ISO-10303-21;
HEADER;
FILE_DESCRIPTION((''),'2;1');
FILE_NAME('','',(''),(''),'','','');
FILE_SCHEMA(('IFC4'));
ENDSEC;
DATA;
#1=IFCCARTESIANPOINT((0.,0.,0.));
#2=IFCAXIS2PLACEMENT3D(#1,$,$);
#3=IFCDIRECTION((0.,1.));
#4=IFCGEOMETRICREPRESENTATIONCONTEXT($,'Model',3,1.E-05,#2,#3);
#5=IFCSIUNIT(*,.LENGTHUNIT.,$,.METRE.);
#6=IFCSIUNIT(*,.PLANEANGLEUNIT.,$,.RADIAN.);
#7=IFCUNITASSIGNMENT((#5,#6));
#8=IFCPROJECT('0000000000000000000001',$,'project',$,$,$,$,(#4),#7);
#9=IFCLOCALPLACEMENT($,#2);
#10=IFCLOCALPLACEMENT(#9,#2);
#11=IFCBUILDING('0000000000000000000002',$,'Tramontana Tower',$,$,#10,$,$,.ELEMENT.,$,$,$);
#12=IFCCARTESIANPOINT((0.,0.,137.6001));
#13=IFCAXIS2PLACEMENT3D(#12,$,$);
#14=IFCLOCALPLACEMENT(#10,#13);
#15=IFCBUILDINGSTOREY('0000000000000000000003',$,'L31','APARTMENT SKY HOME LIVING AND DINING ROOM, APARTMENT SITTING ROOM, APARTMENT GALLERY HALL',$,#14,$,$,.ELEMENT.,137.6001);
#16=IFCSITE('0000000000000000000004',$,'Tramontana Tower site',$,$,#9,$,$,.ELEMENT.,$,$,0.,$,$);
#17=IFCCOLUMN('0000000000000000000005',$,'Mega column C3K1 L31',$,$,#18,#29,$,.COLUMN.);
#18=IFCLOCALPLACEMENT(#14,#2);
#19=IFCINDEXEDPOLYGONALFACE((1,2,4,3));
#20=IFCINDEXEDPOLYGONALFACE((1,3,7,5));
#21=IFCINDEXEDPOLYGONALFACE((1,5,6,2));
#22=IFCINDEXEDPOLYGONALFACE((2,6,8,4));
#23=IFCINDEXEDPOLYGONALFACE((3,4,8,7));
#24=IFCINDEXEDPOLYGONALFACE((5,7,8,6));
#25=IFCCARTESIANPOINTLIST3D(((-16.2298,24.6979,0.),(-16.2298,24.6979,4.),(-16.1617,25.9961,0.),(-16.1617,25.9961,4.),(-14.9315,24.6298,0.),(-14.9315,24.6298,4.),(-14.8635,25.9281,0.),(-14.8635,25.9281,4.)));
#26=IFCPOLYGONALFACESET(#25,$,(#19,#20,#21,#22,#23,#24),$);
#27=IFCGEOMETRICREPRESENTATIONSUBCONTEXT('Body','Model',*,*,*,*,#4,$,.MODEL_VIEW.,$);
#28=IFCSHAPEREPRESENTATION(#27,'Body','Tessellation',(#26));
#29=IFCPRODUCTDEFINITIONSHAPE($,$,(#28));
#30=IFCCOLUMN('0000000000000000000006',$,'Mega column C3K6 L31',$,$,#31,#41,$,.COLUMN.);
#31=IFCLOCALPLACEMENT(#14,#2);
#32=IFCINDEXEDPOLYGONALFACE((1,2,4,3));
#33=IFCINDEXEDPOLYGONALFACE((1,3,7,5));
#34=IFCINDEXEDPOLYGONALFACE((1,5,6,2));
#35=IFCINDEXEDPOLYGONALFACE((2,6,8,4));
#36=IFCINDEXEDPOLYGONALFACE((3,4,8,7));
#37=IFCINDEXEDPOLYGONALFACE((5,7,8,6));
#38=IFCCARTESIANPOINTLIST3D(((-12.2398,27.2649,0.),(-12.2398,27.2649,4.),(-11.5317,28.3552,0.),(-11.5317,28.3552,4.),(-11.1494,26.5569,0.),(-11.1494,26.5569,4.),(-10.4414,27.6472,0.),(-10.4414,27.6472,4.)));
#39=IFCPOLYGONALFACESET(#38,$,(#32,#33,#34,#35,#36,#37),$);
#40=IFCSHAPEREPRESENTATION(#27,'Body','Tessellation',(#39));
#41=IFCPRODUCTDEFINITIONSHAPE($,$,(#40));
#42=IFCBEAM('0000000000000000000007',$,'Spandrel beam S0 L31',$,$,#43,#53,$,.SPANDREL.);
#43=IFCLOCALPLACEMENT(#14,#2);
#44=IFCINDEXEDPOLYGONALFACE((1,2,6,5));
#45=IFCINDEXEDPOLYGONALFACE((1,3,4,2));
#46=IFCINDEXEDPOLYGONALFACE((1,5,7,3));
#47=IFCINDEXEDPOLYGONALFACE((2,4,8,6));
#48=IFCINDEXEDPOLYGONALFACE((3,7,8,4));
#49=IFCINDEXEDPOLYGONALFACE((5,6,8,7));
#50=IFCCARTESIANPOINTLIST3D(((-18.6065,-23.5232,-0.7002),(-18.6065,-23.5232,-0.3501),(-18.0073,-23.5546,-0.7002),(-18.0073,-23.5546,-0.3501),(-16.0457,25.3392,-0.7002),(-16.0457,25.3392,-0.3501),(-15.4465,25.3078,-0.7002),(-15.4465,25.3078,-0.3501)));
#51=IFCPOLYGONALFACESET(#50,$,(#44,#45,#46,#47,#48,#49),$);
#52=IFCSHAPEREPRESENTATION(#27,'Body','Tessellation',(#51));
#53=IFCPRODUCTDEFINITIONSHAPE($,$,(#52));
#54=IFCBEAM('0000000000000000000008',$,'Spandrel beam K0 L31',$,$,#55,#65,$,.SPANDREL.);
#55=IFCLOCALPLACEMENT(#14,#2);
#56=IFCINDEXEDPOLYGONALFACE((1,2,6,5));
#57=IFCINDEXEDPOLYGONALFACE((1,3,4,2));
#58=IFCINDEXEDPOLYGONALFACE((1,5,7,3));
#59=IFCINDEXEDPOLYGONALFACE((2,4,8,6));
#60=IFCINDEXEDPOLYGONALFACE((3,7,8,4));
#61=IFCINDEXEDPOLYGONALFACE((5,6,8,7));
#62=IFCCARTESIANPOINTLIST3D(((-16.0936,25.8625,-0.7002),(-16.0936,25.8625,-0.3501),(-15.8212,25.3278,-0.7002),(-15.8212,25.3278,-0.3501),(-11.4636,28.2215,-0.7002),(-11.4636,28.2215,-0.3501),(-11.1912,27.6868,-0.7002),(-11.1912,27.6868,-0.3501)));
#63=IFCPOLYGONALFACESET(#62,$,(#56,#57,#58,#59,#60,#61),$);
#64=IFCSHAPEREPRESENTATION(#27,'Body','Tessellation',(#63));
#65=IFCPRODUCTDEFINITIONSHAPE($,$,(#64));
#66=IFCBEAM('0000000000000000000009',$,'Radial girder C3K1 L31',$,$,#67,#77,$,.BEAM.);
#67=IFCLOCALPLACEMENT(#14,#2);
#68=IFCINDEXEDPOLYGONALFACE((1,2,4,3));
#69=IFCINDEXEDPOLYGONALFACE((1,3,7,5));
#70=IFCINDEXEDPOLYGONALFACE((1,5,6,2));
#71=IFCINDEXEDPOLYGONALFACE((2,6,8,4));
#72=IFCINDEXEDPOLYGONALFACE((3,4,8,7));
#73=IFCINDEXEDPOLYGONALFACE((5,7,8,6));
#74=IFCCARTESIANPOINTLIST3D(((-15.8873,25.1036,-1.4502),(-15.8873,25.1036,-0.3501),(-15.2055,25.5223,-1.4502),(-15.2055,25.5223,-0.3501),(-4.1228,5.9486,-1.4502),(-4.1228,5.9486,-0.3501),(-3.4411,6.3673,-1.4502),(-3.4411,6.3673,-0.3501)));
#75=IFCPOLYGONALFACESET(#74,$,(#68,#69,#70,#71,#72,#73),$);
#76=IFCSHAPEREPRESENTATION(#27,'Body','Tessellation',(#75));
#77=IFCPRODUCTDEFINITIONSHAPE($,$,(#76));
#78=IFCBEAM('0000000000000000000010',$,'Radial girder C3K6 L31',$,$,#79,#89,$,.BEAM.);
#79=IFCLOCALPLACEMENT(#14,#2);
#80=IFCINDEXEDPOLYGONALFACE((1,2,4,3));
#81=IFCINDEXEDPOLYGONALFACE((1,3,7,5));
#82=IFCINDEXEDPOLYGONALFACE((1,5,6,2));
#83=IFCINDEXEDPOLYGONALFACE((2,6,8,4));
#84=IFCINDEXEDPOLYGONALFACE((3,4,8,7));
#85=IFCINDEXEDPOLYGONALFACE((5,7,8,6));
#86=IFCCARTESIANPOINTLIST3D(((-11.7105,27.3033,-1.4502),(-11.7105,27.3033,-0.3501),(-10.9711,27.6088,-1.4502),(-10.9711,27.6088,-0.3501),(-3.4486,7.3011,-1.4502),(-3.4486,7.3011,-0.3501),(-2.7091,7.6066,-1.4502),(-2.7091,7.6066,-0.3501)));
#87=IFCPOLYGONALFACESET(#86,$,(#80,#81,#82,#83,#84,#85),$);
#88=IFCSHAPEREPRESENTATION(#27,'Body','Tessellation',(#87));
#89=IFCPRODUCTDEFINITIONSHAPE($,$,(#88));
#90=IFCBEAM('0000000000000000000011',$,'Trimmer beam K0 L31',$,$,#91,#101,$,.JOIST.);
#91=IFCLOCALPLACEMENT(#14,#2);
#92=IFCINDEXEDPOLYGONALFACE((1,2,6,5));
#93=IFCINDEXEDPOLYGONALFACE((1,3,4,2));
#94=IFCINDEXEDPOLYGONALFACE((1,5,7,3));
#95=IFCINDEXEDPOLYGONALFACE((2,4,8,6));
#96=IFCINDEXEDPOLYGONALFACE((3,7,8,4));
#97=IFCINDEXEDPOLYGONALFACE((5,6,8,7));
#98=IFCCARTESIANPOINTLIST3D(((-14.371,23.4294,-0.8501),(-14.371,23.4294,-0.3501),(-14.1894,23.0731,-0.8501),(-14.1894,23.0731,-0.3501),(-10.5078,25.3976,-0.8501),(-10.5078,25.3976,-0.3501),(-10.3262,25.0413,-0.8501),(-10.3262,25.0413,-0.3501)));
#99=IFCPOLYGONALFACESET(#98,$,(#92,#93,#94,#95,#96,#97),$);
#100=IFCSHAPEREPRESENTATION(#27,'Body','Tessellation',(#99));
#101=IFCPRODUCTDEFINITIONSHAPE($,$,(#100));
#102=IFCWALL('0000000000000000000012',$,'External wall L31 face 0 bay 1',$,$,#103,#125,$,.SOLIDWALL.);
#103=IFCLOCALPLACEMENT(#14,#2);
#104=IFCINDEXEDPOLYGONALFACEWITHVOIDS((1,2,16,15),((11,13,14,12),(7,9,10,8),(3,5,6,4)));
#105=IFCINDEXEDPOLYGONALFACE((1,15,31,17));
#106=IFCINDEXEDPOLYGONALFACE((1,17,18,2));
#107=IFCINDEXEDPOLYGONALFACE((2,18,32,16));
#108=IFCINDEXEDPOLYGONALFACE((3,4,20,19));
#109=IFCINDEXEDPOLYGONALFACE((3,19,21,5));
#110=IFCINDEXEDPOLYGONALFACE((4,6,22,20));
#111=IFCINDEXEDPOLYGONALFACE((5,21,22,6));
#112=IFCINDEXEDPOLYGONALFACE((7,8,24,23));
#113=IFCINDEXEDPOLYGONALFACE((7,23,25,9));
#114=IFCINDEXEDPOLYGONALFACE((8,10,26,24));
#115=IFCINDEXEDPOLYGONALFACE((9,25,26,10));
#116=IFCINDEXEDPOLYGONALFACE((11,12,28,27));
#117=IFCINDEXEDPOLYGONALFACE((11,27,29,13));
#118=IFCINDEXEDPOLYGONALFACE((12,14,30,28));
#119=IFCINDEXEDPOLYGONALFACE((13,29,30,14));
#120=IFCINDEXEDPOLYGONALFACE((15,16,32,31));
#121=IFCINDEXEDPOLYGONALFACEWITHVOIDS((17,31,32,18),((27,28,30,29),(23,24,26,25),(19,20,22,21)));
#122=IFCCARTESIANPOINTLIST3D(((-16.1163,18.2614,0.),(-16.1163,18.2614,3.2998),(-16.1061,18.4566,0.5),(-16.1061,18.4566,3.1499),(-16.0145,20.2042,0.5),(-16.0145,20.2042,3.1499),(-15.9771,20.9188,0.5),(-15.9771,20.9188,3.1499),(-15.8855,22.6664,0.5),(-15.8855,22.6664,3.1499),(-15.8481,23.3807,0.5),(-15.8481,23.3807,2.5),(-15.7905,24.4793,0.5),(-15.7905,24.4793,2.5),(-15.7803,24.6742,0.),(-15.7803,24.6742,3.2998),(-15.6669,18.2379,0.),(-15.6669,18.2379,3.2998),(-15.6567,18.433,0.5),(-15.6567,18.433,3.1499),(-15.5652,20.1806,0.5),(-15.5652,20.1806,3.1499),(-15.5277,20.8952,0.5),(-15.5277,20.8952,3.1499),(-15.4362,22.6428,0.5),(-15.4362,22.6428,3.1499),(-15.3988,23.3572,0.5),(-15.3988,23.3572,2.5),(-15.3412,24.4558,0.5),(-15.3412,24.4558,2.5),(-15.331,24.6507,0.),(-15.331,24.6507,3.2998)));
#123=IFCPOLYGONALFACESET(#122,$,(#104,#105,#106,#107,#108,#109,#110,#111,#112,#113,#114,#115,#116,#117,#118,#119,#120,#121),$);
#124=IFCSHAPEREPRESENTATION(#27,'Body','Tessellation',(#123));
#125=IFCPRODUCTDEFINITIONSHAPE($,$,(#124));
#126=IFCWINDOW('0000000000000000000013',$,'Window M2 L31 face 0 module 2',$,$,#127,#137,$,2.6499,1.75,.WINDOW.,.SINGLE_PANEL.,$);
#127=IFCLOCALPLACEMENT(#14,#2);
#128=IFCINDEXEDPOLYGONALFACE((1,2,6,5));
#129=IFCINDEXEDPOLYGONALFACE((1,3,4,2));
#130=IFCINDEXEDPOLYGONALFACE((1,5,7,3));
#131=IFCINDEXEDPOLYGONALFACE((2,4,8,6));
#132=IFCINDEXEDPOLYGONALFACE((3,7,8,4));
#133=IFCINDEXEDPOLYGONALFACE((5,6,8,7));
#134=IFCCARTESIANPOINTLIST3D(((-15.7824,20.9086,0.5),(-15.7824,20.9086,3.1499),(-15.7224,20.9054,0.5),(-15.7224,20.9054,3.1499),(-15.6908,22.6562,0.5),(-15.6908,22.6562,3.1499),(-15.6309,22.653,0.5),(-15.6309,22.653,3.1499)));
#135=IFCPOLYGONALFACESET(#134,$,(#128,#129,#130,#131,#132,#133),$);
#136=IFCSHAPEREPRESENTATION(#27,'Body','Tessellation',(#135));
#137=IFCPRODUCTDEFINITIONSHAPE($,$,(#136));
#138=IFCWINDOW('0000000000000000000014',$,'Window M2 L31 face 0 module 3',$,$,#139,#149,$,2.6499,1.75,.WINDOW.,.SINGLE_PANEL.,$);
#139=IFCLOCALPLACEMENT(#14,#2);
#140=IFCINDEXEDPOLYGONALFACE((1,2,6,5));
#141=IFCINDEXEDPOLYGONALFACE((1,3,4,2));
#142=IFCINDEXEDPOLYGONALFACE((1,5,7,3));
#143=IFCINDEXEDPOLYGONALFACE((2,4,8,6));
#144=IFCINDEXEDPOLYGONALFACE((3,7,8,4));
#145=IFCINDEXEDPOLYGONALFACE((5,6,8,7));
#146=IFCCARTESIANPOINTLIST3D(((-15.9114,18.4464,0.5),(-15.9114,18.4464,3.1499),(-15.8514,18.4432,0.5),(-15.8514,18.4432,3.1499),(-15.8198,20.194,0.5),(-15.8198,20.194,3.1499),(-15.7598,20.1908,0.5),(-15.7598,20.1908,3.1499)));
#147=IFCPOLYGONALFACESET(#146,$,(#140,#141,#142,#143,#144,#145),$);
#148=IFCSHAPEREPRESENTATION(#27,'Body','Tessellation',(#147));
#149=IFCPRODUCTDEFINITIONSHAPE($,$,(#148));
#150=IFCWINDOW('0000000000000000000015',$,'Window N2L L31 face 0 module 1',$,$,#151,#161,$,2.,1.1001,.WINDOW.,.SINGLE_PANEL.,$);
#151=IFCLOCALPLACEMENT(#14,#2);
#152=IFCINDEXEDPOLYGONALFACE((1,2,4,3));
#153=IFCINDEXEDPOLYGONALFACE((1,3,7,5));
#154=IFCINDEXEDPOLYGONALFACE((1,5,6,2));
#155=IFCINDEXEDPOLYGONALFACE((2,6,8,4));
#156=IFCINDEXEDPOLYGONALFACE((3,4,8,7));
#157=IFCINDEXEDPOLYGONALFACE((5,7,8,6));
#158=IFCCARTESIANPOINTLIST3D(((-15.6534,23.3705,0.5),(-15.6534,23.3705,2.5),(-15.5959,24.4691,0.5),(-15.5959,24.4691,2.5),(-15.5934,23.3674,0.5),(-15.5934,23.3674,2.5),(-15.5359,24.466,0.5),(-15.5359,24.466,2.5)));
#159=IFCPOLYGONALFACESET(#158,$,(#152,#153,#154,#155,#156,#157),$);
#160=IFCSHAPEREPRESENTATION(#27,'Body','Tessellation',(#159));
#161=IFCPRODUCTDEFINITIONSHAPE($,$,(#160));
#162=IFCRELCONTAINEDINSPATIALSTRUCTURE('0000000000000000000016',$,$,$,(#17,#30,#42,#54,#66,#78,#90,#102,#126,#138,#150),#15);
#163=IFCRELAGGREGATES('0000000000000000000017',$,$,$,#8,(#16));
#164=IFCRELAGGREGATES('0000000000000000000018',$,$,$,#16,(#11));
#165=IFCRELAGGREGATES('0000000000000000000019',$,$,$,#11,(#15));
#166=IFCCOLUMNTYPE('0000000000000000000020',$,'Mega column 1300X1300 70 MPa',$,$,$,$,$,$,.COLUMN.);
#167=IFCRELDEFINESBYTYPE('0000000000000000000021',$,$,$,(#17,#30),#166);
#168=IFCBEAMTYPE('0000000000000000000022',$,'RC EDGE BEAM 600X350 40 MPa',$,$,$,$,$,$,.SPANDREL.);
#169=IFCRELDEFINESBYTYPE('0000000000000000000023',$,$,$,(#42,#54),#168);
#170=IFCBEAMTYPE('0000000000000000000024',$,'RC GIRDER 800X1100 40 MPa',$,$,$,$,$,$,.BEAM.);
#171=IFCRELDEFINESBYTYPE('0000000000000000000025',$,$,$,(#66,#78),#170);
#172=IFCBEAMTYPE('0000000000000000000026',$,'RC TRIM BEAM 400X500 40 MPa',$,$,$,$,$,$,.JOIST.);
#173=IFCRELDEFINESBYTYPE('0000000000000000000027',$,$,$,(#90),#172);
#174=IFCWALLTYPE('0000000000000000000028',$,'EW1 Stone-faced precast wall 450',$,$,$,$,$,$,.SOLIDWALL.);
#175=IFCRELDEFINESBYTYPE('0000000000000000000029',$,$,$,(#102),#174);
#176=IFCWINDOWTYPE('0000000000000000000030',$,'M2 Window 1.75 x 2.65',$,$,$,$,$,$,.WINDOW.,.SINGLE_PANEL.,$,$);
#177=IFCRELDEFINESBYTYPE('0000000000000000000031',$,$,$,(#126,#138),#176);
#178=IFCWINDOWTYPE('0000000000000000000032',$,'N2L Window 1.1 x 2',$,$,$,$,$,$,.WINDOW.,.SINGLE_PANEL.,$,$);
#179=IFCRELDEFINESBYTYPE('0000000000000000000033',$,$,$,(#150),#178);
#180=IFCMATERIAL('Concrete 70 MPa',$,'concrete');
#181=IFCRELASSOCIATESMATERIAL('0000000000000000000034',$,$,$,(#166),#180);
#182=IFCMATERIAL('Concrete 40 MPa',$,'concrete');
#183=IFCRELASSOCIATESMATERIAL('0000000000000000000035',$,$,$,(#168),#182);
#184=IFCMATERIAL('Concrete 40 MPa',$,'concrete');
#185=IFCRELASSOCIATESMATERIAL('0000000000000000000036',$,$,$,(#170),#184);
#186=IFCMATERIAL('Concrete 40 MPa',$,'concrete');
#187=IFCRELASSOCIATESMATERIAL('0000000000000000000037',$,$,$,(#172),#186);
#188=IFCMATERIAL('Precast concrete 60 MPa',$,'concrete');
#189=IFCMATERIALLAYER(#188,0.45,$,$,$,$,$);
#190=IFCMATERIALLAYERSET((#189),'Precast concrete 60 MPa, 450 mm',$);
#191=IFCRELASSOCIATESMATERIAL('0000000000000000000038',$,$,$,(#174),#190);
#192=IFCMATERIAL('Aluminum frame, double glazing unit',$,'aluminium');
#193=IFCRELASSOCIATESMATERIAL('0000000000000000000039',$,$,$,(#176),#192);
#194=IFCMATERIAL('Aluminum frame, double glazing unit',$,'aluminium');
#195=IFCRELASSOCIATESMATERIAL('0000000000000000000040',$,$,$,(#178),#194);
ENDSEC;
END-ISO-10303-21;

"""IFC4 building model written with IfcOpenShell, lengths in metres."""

from ifc_helpers import new_model, si_unit, direction, frame, frame_2d, origin, origin_2d, place, context, subcontext, project, spatial, rectangle, extrude, material, layer, layer_set, material_profile, profile_set, type_object, element, fill, save


model = new_model("IFC4")

# Units and contexts
model_context = context("Model", 3, precision=1e-05, world=origin(), true_north=direction((0.0, 1.0)))
body_context = subcontext(model_context, "Body", "Model", "MODEL_VIEW")
ifc_project = project(units=[si_unit("LENGTHUNIT", "METRE"), si_unit("PLANEANGLEUNIT", "RADIAN")], contexts=[model_context])

# Site, building, storey
site_placement = place(None, origin())
site = spatial("IfcSite", under=ifc_project, at=site_placement, Name="Tramontana Tower site", CompositionType="ELEMENT", RefElevation=0.0)
building_placement = place(site_placement, origin())
building = spatial("IfcBuilding", under=site, at=building_placement, Name="Tramontana Tower", CompositionType="ELEMENT")
storey_placement = place(building_placement, frame((0.0, 0.0, 137.6001)))
storey = spatial("IfcBuildingStorey", under=building, at=storey_placement, Name="L31", Description="APARTMENT SKY HOME LIVING AND DINING ROOM, APARTMENT SITTING ROOM, APARTMENT GALLERY HALL", CompositionType="ELEMENT", Elevation=137.6001)

# Columns
ifc_material_1 = material(Name="Concrete 70 MPa", Category="concrete")
ifc_material_profile_1 = material_profile(ifc_material_1, rectangle(XDim=1.3, YDim=1.3, at=origin_2d()), Name="Mega column 1300X1300 70 MPa")
ifc_profile_set_1 = profile_set([ifc_material_profile_1], Name="Concrete 70 MPa")
column_type = type_object("IfcColumnType", Name="Mega column 1300X1300 70 MPa", PredefinedType="COLUMN", material=ifc_profile_set_1)
for number, where, z_axis, x_axis, name in (
    (1, (-15.5466, 25.313, 0.0), (0.0, 0.0, 1.0), (-0.052336, -0.99863, 0.0), "Mega column C3K1 L31"),
    (2, (-11.3406, 27.4561, 0.0), (0.0, 0.0, 1.0), (-0.838671, 0.544639, 0.0), "Mega column C3K6 L31"),
):
    element("IfcColumn", number, at=place(storey_placement, frame(where, z_axis=z_axis, x_axis=x_axis)), inside=storey, type_object=column_type, Name=name, PredefinedType="COLUMN", context=body_context, shape_type="SweptSolid", body=[
        extrude(rectangle(XDim=1.3, YDim=1.3, at=origin_2d()), origin(), (0.0, 0.0, 1.0), 4.0),
    ])

# Beams
ifc_material_2 = material(Name="Concrete 40 MPa", Category="concrete")
ifc_material_profile_2 = material_profile(ifc_material_2, rectangle(XDim=0.6001, YDim=0.3501, at=origin_2d()), Name="RC EDGE BEAM 600X350 40 MPa")
ifc_profile_set_2 = profile_set([ifc_material_profile_2], Name="Concrete 40 MPa")
beam_type_1 = type_object("IfcBeamType", Name="RC EDGE BEAM 600X350 40 MPa", PredefinedType="SPANDREL", material=ifc_profile_set_2)
beam_1_placement = place(storey_placement, frame((-15.7461, 25.3235, -0.5251), z_axis=(-0.052336, -0.99863, 0.0), x_axis=(0.99863, -0.052336, 0.0)))
element("IfcBeam", 3, at=beam_1_placement, inside=storey, type_object=beam_type_1, Name="Spandrel beam S0 L31", PredefinedType="SPANDREL", context=body_context, shape_type="SweptSolid", body=[
    extrude(rectangle(XDim=0.6001, YDim=0.3501, at=origin_2d()), origin(), (0.0, 0.0, 1.0), 48.9294),
])
beam_2_placement = place(storey_placement, frame((-11.3274, 27.9541, -0.5251), z_axis=(-0.891019, -0.453967, 0.0), x_axis=(0.453967, -0.891019, 0.0)))
element("IfcBeam", 4, at=beam_2_placement, inside=storey, type_object=beam_type_1, Name="Spandrel beam K0 L31", PredefinedType="SPANDREL", context=body_context, shape_type="SweptSolid", body=[
    extrude(rectangle(XDim=0.6001, YDim=0.3501, at=origin_2d()), origin(), (0.0, 0.0, 1.0), 5.1963),
])
ifc_material_3 = material(Name="Concrete 40 MPa", Category="concrete")
ifc_material_profile_3 = material_profile(ifc_material_3, rectangle(XDim=0.8, YDim=1.1001, at=origin_2d()), Name="RC GIRDER 800X1100 40 MPa")
ifc_profile_set_3 = profile_set([ifc_material_profile_3], Name="Concrete 40 MPa")
beam_type_2 = type_object("IfcBeamType", Name="RC GIRDER 800X1100 40 MPa", PredefinedType="BEAM", material=ifc_profile_set_3)
beam_3_placement = place(storey_placement, frame((-15.5464, 25.313, -0.9001), z_axis=(0.523345, -0.852121, 0.0), x_axis=(0.852121, 0.523345, 0.0)))
element("IfcBeam", 5, at=beam_3_placement, inside=storey, type_object=beam_type_2, Name="Radial girder C3K1 L31", PredefinedType="BEAM", context=body_context, shape_type="SweptSolid", body=[
    extrude(rectangle(XDim=0.8, YDim=1.1001, at=origin_2d()), origin(), (0.0, 0.0, 1.0), 22.4792),
])
beam_4_placement = place(storey_placement, frame((-11.3408, 27.4561, -0.9001), z_axis=(0.381767, -0.924258, 0.0), x_axis=(0.924258, 0.381767, 0.0)))
element("IfcBeam", 6, at=beam_4_placement, inside=storey, type_object=beam_type_2, Name="Radial girder C3K6 L31", PredefinedType="BEAM", context=body_context, shape_type="SweptSolid", body=[
    extrude(rectangle(XDim=0.8, YDim=1.1001, at=origin_2d()), origin(), (0.0, 0.0, 1.0), 21.6414),
])
ifc_material_4 = material(Name="Concrete 40 MPa", Category="concrete")
ifc_material_profile_4 = material_profile(ifc_material_4, rectangle(XDim=0.3999, YDim=0.5, at=origin_2d()), Name="RC TRIM BEAM 400X500 40 MPa")
ifc_profile_set_4 = profile_set([ifc_material_profile_4], Name="Concrete 40 MPa")
beam_type_3 = type_object("IfcBeamType", Name="RC TRIM BEAM 400X500 40 MPa", PredefinedType="JOIST", material=ifc_profile_set_4)
beam_5_placement = place(storey_placement, frame((-10.417, 25.2195, -0.6001), z_axis=(-0.891023, -0.453958, 0.0), x_axis=(0.453958, -0.891023, 0.0)))
element("IfcBeam", 7, at=beam_5_placement, inside=storey, type_object=beam_type_3, Name="Trimmer beam K0 L31", PredefinedType="JOIST", context=body_context, shape_type="SweptSolid", body=[
    extrude(rectangle(XDim=0.3999, YDim=0.5, at=origin_2d()), origin(), (0.0, 0.0, 1.0), 4.3357),
])

# Wall, openings, windows
ifc_material_5 = material(Name="Precast concrete 60 MPa", Category="concrete")
ifc_layer = layer(ifc_material_5, 0.45)
ifc_layer_set = layer_set([ifc_layer], Name="Precast concrete 60 MPa, 450 mm")
wall_type = type_object("IfcWallType", Name="EW1 Stone-faced precast wall 450", PredefinedType="SOLIDWALL", material=ifc_layer_set)
wall_placement = place(storey_placement, frame((-15.5557, 24.6626, 0.0), z_axis=(0.0, 0.0, 1.0), x_axis=(-0.052313, -0.998631, 0.0)))
wall = element("IfcWall", 8, at=wall_placement, inside=storey, type_object=wall_type, Name="External wall L31 face 0 bay 1", PredefinedType="SOLIDWALL", context=body_context, shape_type="SweptSolid", body=[
    extrude(rectangle(XDim=6.4216, YDim=0.45, at=frame_2d((3.2109, 0.0))), origin(), (0.0, 0.0, 1.0), 3.2998),
])
opening_1_placement = place(wall_placement, frame((0.1953, 0.0, 0.5)))
opening_1 = element("IfcOpeningElement", 9, at=opening_1_placement, cuts=wall, PredefinedType="OPENING", context=body_context, shape_type="SweptSolid", body=[
    extrude(rectangle(XDim=1.1001, YDim=2.0, at=frame_2d((0.55, 1.0))), frame((0.0, 0.2349, 0.0), z_axis=(0.0, -1.0, 0.0), x_axis=(1.0, 0.0, 0.0)), (0.0, 0.0, 1.0), 0.47),
])
opening_2_placement = place(wall_placement, frame((2.0107, 0.0, 0.5)))
opening_2 = element("IfcOpeningElement", 10, at=opening_2_placement, cuts=wall, PredefinedType="OPENING", context=body_context, shape_type="SweptSolid", body=[
    extrude(rectangle(XDim=1.75, YDim=2.6499, at=frame_2d((0.875, 1.325))), frame((0.0, 0.2349, 0.0), z_axis=(0.0, -1.0, 0.0), x_axis=(1.0, 0.0, 0.0)), (0.0, 0.0, 1.0), 0.47),
])
opening_3_placement = place(wall_placement, frame((4.4763, 0.0, 0.5)))
opening_3 = element("IfcOpeningElement", 11, at=opening_3_placement, cuts=wall, PredefinedType="OPENING", context=body_context, shape_type="SweptSolid", body=[
    extrude(rectangle(XDim=1.75, YDim=2.6499, at=frame_2d((0.875, 1.325))), frame((0.0, 0.2349, 0.0), z_axis=(0.0, -1.0, 0.0), x_axis=(1.0, 0.0, 0.0)), (0.0, 0.0, 1.0), 0.47),
])
ifc_material_6 = material(Name="Aluminum frame, double glazing unit", Category="aluminium")
window_type_1 = type_object("IfcWindowType", Name="M2 Window 1.75 x 2.65", PartitioningType="SINGLE_PANEL", PredefinedType="WINDOW", material=ifc_material_6)
window_1_placement = place(opening_2_placement, origin())
window_1 = element("IfcWindow", 12, at=window_1_placement, inside=storey, type_object=window_type_1, Name="Window M2 L31 face 0 module 2", OverallHeight=2.6499, OverallWidth=1.75, PartitioningType="SINGLE_PANEL", PredefinedType="WINDOW", context=body_context, shape_type="SweptSolid", body=[
    extrude(rectangle(XDim=1.75, YDim=2.6499, at=frame_2d((0.875, 1.325))), frame((0.0, 0.03, 0.0), z_axis=(0.0, -1.0, 0.0), x_axis=(1.0, 0.0, 0.0)), (0.0, 0.0, 1.0), 0.0601),
])
fill(opening_2, window_1)
window_2_placement = place(opening_3_placement, origin())
window_2 = element("IfcWindow", 13, at=window_2_placement, inside=storey, type_object=window_type_1, Name="Window M2 L31 face 0 module 3", OverallHeight=2.6499, OverallWidth=1.75, PartitioningType="SINGLE_PANEL", PredefinedType="WINDOW", context=body_context, shape_type="SweptSolid", body=[
    extrude(rectangle(XDim=1.75, YDim=2.6499, at=frame_2d((0.875, 1.325))), frame((0.0, 0.03, 0.0), z_axis=(0.0, -1.0, 0.0), x_axis=(1.0, 0.0, 0.0)), (0.0, 0.0, 1.0), 0.0601),
])
fill(opening_3, window_2)
ifc_material_7 = material(Name="Aluminum frame, double glazing unit", Category="aluminium")
window_type_2 = type_object("IfcWindowType", Name="N2L Window 1.1 x 2", PartitioningType="SINGLE_PANEL", PredefinedType="WINDOW", material=ifc_material_7)
window_3_placement = place(opening_1_placement, origin())
window_3 = element("IfcWindow", 14, at=window_3_placement, inside=storey, type_object=window_type_2, Name="Window N2L L31 face 0 module 1", OverallHeight=2.0, OverallWidth=1.1001, PartitioningType="SINGLE_PANEL", PredefinedType="WINDOW", context=body_context, shape_type="SweptSolid", body=[
    extrude(rectangle(XDim=1.1001, YDim=2.0, at=frame_2d((0.55, 1.0))), frame((0.0, 0.03, 0.0), z_axis=(0.0, -1.0, 0.0), x_axis=(1.0, 0.0, 0.0)), (0.0, 0.0, 1.0), 0.0601),
])
fill(opening_1, window_3)

save(model, "model.ifc")
